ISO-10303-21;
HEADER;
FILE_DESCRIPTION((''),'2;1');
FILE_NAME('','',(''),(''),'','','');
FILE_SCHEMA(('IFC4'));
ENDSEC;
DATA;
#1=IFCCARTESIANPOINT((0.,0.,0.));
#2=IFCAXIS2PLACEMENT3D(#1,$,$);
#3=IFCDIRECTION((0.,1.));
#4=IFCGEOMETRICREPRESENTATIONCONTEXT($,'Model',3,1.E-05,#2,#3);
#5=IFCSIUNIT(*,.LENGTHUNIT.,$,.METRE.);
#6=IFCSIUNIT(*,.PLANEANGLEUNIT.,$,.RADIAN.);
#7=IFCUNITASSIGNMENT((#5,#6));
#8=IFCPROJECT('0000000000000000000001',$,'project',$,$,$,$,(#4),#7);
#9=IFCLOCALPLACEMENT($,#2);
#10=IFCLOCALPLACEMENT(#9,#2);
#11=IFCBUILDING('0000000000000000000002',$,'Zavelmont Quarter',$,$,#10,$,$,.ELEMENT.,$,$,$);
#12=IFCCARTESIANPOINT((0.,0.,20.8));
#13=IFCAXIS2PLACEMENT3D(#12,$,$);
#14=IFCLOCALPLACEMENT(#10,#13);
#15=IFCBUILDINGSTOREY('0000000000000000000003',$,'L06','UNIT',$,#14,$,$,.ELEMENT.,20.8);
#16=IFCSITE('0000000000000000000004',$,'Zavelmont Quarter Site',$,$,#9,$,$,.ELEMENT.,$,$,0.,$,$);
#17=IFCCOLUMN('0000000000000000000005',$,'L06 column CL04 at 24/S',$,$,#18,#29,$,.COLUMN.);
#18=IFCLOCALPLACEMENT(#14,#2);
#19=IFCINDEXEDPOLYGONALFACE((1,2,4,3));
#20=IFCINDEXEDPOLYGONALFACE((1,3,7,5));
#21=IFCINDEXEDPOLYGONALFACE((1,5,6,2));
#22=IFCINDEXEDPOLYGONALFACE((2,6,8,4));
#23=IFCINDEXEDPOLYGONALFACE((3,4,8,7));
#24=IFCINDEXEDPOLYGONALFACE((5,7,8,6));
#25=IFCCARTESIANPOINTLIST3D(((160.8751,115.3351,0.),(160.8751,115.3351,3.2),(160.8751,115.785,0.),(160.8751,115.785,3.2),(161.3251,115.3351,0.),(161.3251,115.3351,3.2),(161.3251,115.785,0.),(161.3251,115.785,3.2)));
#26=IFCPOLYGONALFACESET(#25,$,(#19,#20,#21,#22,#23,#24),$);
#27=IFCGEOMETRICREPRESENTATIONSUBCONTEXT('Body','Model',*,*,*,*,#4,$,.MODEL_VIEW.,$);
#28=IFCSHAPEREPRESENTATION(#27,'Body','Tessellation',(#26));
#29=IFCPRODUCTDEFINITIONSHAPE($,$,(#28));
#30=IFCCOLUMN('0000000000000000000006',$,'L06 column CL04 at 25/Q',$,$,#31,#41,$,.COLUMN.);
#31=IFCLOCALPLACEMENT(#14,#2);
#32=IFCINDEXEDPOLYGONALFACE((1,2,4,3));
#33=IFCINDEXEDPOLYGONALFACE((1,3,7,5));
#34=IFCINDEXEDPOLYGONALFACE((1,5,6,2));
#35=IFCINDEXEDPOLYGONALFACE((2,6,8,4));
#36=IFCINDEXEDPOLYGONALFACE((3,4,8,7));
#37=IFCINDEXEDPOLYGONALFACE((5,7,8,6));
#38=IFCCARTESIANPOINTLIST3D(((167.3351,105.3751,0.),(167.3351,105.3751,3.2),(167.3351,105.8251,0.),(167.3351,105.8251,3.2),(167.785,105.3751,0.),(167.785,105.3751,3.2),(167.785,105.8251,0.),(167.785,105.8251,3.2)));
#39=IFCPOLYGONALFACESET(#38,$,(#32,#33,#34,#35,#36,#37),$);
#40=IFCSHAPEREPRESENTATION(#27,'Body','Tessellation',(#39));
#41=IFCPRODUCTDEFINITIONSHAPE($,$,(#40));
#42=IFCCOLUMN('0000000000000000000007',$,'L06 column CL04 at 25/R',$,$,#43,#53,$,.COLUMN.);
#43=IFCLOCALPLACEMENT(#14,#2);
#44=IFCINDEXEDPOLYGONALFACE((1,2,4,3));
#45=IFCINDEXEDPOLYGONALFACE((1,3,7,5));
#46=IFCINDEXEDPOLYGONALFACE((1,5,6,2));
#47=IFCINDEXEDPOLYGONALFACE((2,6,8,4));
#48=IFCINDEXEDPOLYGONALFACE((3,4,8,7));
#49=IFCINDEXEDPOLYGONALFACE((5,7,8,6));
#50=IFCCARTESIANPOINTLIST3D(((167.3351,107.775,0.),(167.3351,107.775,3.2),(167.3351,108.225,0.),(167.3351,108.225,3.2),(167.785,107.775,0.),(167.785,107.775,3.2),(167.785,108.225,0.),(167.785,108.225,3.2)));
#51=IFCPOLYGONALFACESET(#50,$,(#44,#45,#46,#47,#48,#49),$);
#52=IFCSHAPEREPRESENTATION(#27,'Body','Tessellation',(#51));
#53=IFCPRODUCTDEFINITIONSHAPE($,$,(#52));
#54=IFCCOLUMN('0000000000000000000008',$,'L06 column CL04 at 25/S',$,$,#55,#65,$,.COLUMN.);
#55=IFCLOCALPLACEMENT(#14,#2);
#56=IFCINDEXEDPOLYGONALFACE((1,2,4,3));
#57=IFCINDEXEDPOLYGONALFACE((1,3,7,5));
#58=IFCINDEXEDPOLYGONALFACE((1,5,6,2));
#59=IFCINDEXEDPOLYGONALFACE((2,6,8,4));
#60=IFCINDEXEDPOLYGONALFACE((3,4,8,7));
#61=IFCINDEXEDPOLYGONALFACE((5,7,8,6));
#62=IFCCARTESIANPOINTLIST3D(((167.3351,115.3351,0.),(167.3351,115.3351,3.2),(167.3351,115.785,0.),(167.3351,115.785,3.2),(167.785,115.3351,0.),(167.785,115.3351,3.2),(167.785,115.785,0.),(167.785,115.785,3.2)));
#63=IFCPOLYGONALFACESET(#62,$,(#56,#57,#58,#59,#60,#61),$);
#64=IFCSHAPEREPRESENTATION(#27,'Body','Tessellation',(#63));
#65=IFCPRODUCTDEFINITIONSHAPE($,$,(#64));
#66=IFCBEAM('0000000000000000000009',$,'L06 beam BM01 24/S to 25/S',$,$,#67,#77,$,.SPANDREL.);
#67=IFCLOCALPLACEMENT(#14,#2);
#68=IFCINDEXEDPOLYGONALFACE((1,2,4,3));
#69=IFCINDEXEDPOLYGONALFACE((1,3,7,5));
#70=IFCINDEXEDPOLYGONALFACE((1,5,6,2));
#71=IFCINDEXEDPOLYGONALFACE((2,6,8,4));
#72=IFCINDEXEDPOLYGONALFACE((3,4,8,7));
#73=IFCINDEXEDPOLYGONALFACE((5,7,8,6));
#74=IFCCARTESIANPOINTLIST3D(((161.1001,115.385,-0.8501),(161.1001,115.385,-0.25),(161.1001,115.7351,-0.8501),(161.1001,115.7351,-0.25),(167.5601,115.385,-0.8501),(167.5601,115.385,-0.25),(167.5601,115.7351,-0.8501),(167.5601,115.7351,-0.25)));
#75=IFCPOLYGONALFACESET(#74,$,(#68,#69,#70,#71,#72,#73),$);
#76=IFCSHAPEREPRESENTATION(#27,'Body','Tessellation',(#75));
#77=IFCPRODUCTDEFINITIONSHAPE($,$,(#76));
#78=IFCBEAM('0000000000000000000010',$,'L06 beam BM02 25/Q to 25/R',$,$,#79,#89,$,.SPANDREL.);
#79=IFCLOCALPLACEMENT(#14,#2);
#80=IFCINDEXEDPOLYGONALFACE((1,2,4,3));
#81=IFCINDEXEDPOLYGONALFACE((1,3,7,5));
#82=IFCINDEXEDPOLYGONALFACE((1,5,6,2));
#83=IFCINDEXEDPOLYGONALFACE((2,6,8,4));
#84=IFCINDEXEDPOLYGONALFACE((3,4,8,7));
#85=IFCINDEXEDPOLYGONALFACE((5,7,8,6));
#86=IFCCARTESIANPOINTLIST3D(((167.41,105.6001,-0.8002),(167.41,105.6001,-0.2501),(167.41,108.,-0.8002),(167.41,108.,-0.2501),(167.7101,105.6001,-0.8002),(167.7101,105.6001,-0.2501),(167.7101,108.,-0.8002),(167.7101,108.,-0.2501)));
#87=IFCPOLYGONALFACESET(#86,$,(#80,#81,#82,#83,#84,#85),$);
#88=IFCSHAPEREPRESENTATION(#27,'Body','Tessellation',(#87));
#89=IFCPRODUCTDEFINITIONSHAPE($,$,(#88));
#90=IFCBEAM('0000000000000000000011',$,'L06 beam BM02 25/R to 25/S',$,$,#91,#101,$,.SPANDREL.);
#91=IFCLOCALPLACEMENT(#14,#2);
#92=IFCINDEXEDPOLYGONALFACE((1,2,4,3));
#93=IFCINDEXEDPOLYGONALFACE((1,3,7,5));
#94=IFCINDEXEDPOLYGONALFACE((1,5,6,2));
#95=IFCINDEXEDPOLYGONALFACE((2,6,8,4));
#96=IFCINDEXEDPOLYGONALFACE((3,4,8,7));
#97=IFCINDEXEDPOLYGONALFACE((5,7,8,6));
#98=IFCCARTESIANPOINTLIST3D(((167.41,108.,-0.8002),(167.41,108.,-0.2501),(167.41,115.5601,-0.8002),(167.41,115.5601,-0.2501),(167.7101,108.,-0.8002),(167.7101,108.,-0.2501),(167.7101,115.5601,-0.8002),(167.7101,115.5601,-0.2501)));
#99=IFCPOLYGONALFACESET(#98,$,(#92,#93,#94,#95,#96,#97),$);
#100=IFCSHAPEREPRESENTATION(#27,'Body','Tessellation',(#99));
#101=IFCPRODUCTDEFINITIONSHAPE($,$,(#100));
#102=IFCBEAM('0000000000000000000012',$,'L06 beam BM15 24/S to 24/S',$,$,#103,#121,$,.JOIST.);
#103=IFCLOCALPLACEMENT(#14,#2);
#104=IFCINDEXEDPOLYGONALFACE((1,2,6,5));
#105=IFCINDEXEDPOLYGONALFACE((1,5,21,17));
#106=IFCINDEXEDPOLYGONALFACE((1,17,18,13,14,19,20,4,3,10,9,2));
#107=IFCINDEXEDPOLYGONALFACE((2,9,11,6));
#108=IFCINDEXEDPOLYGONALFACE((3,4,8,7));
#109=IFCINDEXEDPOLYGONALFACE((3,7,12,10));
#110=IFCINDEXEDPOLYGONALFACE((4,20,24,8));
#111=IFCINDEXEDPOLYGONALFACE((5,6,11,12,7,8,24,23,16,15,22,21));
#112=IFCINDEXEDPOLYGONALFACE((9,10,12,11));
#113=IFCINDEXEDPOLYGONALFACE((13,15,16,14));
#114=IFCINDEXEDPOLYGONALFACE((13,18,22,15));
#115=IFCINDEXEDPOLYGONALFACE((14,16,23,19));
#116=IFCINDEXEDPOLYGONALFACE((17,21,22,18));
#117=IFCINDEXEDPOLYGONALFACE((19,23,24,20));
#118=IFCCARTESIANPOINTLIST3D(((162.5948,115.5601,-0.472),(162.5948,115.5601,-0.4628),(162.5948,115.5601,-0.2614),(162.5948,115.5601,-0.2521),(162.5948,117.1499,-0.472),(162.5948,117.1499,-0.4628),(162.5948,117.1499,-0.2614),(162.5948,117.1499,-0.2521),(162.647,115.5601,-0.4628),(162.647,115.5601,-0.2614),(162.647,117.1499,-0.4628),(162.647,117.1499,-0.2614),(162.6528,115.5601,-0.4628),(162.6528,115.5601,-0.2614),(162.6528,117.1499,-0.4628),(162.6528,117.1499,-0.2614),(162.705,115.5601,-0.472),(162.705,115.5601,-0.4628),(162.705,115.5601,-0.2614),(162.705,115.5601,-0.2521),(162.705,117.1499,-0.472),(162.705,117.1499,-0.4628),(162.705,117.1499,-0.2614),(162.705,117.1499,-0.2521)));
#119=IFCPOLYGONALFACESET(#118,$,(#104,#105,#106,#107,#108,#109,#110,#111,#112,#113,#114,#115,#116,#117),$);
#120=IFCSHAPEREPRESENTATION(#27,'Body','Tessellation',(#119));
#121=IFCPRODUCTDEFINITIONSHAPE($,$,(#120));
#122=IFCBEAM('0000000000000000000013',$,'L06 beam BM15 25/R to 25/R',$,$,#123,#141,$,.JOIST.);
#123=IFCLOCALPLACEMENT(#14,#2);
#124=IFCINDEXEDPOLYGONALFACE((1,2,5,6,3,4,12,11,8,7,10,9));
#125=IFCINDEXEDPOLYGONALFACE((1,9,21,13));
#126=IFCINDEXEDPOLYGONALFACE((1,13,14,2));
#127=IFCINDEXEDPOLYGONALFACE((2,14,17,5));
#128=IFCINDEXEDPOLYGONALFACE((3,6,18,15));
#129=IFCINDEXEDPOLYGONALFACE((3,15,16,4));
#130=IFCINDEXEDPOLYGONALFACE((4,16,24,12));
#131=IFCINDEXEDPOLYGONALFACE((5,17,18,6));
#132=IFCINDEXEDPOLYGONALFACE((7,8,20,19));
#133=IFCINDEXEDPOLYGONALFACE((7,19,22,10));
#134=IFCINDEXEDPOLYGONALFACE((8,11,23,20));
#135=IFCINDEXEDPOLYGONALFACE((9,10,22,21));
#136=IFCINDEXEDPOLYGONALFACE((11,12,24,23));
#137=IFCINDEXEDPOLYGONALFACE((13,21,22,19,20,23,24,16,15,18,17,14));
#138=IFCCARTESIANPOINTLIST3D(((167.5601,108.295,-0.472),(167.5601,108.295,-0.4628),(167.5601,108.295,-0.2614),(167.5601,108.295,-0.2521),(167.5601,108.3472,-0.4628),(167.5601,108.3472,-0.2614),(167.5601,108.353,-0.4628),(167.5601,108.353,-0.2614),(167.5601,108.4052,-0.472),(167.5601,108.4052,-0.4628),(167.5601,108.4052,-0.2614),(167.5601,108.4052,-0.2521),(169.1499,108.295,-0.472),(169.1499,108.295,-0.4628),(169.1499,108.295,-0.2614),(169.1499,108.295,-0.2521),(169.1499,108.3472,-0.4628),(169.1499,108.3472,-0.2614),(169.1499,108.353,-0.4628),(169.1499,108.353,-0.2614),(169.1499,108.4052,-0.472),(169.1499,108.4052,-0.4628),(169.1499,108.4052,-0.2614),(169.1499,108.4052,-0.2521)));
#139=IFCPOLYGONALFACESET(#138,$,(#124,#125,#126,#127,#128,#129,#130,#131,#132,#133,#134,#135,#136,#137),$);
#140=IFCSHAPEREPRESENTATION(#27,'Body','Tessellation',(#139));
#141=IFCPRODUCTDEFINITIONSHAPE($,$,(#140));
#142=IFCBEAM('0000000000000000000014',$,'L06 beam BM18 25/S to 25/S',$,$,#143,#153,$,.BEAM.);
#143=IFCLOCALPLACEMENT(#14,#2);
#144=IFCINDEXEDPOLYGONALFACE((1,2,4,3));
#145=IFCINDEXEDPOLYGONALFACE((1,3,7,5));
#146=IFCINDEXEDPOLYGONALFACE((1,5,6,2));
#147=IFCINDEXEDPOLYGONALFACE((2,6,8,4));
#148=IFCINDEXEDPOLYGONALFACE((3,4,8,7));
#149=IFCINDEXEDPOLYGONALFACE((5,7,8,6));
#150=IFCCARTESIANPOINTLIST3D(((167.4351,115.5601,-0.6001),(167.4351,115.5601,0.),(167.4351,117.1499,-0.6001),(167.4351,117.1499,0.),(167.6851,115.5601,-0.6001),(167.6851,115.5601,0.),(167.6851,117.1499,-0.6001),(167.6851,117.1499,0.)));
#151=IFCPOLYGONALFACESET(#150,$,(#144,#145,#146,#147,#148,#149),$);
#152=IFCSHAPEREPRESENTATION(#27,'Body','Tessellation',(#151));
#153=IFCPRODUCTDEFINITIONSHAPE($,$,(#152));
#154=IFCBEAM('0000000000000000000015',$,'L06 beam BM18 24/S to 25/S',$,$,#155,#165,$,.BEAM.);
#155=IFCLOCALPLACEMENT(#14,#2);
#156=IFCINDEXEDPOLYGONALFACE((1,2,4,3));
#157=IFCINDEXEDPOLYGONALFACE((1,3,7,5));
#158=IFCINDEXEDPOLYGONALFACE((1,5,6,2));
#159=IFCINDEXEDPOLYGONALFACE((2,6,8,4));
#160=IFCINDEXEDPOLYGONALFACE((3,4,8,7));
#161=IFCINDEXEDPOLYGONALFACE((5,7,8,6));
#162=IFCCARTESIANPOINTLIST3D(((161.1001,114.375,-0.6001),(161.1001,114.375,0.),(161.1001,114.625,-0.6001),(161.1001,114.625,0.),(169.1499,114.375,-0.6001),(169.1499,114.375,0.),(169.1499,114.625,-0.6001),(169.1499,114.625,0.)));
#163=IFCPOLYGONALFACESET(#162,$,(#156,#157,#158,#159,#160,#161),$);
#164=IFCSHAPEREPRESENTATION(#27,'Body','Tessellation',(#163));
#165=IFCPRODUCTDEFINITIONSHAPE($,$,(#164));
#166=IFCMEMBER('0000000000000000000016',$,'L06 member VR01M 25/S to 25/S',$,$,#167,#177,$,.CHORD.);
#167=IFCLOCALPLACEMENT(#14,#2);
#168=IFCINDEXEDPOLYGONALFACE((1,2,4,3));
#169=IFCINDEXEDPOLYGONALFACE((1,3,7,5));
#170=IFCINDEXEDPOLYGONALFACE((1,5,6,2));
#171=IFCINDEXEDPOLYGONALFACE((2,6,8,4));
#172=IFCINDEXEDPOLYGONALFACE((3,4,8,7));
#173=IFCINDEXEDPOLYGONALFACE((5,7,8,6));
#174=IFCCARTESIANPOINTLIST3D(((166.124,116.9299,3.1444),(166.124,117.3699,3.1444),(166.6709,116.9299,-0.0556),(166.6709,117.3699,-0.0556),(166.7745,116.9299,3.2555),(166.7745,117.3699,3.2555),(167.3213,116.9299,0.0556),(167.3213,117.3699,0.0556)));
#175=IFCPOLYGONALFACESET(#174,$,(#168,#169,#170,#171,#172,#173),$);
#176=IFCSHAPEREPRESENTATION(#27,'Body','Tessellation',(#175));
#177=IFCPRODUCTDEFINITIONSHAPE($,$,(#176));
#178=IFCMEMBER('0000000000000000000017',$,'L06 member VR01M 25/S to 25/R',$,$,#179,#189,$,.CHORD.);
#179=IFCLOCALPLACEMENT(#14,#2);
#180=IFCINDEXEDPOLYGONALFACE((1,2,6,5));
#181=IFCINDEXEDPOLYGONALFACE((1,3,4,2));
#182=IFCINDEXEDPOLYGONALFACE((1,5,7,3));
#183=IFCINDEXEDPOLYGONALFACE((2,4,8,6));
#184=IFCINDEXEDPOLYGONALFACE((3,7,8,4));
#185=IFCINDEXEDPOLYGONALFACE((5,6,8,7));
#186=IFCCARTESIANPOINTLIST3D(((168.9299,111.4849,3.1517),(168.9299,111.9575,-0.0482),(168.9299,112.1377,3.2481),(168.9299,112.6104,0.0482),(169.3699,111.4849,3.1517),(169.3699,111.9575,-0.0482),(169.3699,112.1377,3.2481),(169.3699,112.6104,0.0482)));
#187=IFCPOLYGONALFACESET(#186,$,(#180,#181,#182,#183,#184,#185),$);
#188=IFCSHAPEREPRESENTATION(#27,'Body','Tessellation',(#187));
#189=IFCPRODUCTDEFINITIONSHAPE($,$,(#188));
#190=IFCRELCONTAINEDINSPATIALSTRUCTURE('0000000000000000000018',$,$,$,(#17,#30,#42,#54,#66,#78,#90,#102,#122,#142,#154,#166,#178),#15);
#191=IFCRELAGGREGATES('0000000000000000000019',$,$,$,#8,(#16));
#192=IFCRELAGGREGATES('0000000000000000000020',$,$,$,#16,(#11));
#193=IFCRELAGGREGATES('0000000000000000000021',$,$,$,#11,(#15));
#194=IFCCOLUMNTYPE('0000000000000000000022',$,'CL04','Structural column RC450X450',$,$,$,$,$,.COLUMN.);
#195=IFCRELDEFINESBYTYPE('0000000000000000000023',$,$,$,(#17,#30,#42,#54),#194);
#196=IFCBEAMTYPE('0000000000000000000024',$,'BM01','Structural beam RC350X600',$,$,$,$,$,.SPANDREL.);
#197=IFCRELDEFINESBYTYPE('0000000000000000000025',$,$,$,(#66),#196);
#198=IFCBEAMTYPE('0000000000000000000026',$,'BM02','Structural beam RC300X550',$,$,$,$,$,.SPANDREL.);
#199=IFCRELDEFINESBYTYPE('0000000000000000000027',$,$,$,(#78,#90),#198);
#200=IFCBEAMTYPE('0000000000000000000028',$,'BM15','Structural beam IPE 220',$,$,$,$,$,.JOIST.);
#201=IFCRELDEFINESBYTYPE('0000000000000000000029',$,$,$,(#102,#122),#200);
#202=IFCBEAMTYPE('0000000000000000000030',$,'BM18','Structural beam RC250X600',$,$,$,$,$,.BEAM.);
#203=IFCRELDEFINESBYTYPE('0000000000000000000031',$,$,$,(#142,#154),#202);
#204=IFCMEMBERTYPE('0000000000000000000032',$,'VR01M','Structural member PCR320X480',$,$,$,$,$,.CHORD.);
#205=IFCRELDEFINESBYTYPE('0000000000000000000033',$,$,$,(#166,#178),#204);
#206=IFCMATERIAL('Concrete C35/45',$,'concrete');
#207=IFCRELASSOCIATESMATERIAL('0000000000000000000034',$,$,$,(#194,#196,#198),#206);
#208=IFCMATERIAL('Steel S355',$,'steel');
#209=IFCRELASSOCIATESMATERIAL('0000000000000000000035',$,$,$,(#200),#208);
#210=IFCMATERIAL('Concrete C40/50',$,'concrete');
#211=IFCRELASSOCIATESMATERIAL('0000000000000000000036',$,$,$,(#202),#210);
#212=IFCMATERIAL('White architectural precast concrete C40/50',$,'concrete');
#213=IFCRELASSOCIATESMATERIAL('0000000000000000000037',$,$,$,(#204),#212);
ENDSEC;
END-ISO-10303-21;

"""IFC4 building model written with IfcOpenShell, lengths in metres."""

from ifc_helpers import new_model, si_unit, direction, frame, origin, origin_2d, place, context, subcontext, project, spatial, rectangle, i_section, extrude, material, material_profile, profile_set, type_object, element, save


model = new_model("IFC4")

# Units and contexts
model_context = context("Model", 3, precision=1e-05, world=origin(), true_north=direction((0.0, 1.0)))
body_context = subcontext(model_context, "Body", "Model", "MODEL_VIEW")
ifc_project = project(units=[si_unit("LENGTHUNIT", "METRE"), si_unit("PLANEANGLEUNIT", "RADIAN")], contexts=[model_context])

# Site, building, storey
site_placement = place(None, origin())
site = spatial("IfcSite", under=ifc_project, at=site_placement, Name="Zavelmont Quarter Site", CompositionType="ELEMENT", RefElevation=0.0)
building_placement = place(site_placement, origin())
building = spatial("IfcBuilding", under=site, at=building_placement, Name="Zavelmont Quarter", CompositionType="ELEMENT")
storey_placement = place(building_placement, frame((0.0, 0.0, 20.8)))
storey = spatial("IfcBuildingStorey", under=building, at=storey_placement, Name="L06", Description="UNIT", CompositionType="ELEMENT", Elevation=20.8)

# Columns
ifc_material_1 = material(Name="Concrete C35/45", Category="concrete")
ifc_material_profile_1 = material_profile(ifc_material_1, rectangle(XDim=0.45, YDim=0.45, at=origin_2d()), Name="RC450X450")
ifc_profile_set_1 = profile_set([ifc_material_profile_1], Name="Concrete C35/45")
column_type = type_object("IfcColumnType", Name="CL04", Description="Structural column RC450X450", PredefinedType="COLUMN", material=ifc_profile_set_1)
for number, where, z_axis, x_axis, name in (
    (1, (161.1001, 115.5601, 0.0), (0.0, 0.0, 1.0), (1.0, 0.0, 0.0), "L06 column CL04 at 24/S"),
    (2, (167.5601, 105.6001, 0.0), (0.0, 0.0, 1.0), (1.0, 0.0, 0.0), "L06 column CL04 at 25/Q"),
    (3, (167.5601, 108.0, 0.0), (0.0, 0.0, 1.0), (1.0, 0.0, 0.0), "L06 column CL04 at 25/R"),
    (4, (167.5601, 115.5601, 0.0), (0.0, 0.0, 1.0), (1.0, 0.0, 0.0), "L06 column CL04 at 25/S"),
):
    element("IfcColumn", number, at=place(storey_placement, frame(where, z_axis=z_axis, x_axis=x_axis)), inside=storey, type_object=column_type, Name=name, PredefinedType="COLUMN", context=body_context, shape_type="SweptSolid", body=[
        extrude(rectangle(XDim=0.45, YDim=0.45, at=origin_2d()), origin(), (0.0, 0.0, 1.0), 3.2),
    ])

# Beams
ifc_material_profile_2 = material_profile(ifc_material_1, rectangle(XDim=0.3501, YDim=0.6001, at=origin_2d()), Name="RC350X600")
ifc_profile_set_2 = profile_set([ifc_material_profile_2], Name="Concrete C35/45")
beam_type_1 = type_object("IfcBeamType", Name="BM01", Description="Structural beam RC350X600", PredefinedType="SPANDREL", material=ifc_profile_set_2)
beam_1_placement = place(storey_placement, frame((161.1001, 115.5601, -0.55), z_axis=(1.0, 0.0, 0.0), x_axis=(0.0, 1.0, 0.0)))
element("IfcBeam", 5, at=beam_1_placement, inside=storey, type_object=beam_type_1, Name="L06 beam BM01 24/S to 25/S", PredefinedType="SPANDREL", context=body_context, shape_type="SweptSolid", body=[
    extrude(rectangle(XDim=0.3501, YDim=0.6001, at=origin_2d()), origin(), (0.0, 0.0, 1.0), 6.46),
])
ifc_material_profile_3 = material_profile(ifc_material_1, rectangle(XDim=0.3, YDim=0.55, at=origin_2d()), Name="RC300X550")
ifc_profile_set_3 = profile_set([ifc_material_profile_3], Name="Concrete C35/45")
beam_type_2 = type_object("IfcBeamType", Name="BM02", Description="Structural beam RC300X550", PredefinedType="SPANDREL", material=ifc_profile_set_3)
beam_2_placement = place(storey_placement, frame((167.5601, 105.6001, -0.5251), z_axis=(0.0, 1.0, 0.0), x_axis=(-1.0, 0.0, 0.0)))
element("IfcBeam", 6, at=beam_2_placement, inside=storey, type_object=beam_type_2, Name="L06 beam BM02 25/Q to 25/R", PredefinedType="SPANDREL", context=body_context, shape_type="SweptSolid", body=[
    extrude(rectangle(XDim=0.3, YDim=0.55, at=origin_2d()), origin(), (0.0, 0.0, 1.0), 2.3999),
])
beam_3_placement = place(storey_placement, frame((167.5601, 108.0, -0.5251), z_axis=(0.0, 1.0, 0.0), x_axis=(-1.0, 0.0, 0.0)))
element("IfcBeam", 7, at=beam_3_placement, inside=storey, type_object=beam_type_2, Name="L06 beam BM02 25/R to 25/S", PredefinedType="SPANDREL", context=body_context, shape_type="SweptSolid", body=[
    extrude(rectangle(XDim=0.3, YDim=0.55, at=origin_2d()), origin(), (0.0, 0.0, 1.0), 7.5601),
])
ifc_material_2 = material(Name="Steel S355", Category="steel")
ifc_material_profile_4 = material_profile(ifc_material_2, i_section(OverallWidth=0.1101, OverallDepth=0.22, WebThickness=0.0059, FlangeThickness=0.0093, at=origin_2d()), Name="IPE 220")
ifc_profile_set_4 = profile_set([ifc_material_profile_4], Name="Steel S355")
beam_type_3 = type_object("IfcBeamType", Name="BM15", Description="Structural beam IPE 220", PredefinedType="JOIST", material=ifc_profile_set_4)
for number, where, z_axis, x_axis, name in (
    (8, (162.6499, 115.5601, -0.3621), (0.0, 1.0, 0.0), (-1.0, 0.0, 0.0), "L06 beam BM15 24/S to 24/S"),
    (9, (167.5601, 108.3501, -0.3621), (1.0, 0.0, 0.0), (0.0, 1.0, 0.0), "L06 beam BM15 25/R to 25/R"),
):
    element("IfcBeam", number, at=place(storey_placement, frame(where, z_axis=z_axis, x_axis=x_axis)), inside=storey, type_object=beam_type_3, Name=name, PredefinedType="JOIST", context=body_context, shape_type="SweptSolid", body=[
        extrude(i_section(OverallWidth=0.1101, OverallDepth=0.22, WebThickness=0.0059, FlangeThickness=0.0093, at=origin_2d()), origin(), (0.0, 0.0, 1.0), 1.5898),
    ])
ifc_material_3 = material(Name="Concrete C40/50", Category="concrete")
ifc_material_profile_5 = material_profile(ifc_material_3, rectangle(XDim=0.25, YDim=0.6001, at=origin_2d()), Name="RC250X600")
ifc_profile_set_5 = profile_set([ifc_material_profile_5], Name="Concrete C40/50")
beam_type_4 = type_object("IfcBeamType", Name="BM18", Description="Structural beam RC250X600", PredefinedType="BEAM", material=ifc_profile_set_5)
beam_4_placement = place(storey_placement, frame((167.5601, 115.5601, -0.3), z_axis=(0.0, 1.0, 0.0), x_axis=(-1.0, 0.0, 0.0)))
element("IfcBeam", 10, at=beam_4_placement, inside=storey, type_object=beam_type_4, Name="L06 beam BM18 25/S to 25/S", PredefinedType="BEAM", context=body_context, shape_type="SweptSolid", body=[
    extrude(rectangle(XDim=0.25, YDim=0.6001, at=origin_2d()), origin(), (0.0, 0.0, 1.0), 1.5898),
])
beam_5_placement = place(storey_placement, frame((161.1001, 114.5, -0.3), z_axis=(1.0, 0.0, 0.0), x_axis=(0.0, 1.0, 0.0)))
element("IfcBeam", 11, at=beam_5_placement, inside=storey, type_object=beam_type_4, Name="L06 beam BM18 24/S to 25/S", PredefinedType="BEAM", context=body_context, shape_type="SweptSolid", body=[
    extrude(rectangle(XDim=0.25, YDim=0.6001, at=origin_2d()), origin(), (0.0, 0.0, 1.0), 8.0498),
])

# Members
ifc_material_4 = material(Name="White architectural precast concrete C40/50", Category="concrete")
ifc_material_profile_6 = material_profile(ifc_material_4, rectangle(XDim=0.4399, YDim=0.6599, at=origin_2d()), Name="PCR320X480")
ifc_profile_set_6 = profile_set([ifc_material_profile_6], Name="White architectural precast concrete C40/50")
member_type = type_object("IfcMemberType", Name="VR01M", Description="Structural member PCR320X480", PredefinedType="CHORD", material=ifc_profile_set_6)
member_1_placement = place(storey_placement, frame((166.9961, 117.1499, 0.0), z_axis=(-0.168459, 0.0, 0.985709), x_axis=(0.0, -1.0, 0.0)))
element("IfcMember", 12, at=member_1_placement, inside=storey, type_object=member_type, Name="L06 member VR01M 25/S to 25/S", PredefinedType="CHORD", context=body_context, shape_type="SweptSolid", body=[
    extrude(rectangle(XDim=0.4399, YDim=0.6599, at=origin_2d()), origin(), (0.0, 0.0, 1.0), 3.2463),
])
member_2_placement = place(storey_placement, frame((169.1499, 112.2839, 0.0), z_axis=(0.0, -0.146122, 0.989267), x_axis=(1.0, 0.0, 0.0)))
element("IfcMember", 13, at=member_2_placement, inside=storey, type_object=member_type, Name="L06 member VR01M 25/S to 25/R", PredefinedType="CHORD", context=body_context, shape_type="SweptSolid", body=[
    extrude(rectangle(XDim=0.4399, YDim=0.6599, at=origin_2d()), origin(), (0.0, 0.0, 1.0), 3.2346),
])

save(model, "model.ifc")
